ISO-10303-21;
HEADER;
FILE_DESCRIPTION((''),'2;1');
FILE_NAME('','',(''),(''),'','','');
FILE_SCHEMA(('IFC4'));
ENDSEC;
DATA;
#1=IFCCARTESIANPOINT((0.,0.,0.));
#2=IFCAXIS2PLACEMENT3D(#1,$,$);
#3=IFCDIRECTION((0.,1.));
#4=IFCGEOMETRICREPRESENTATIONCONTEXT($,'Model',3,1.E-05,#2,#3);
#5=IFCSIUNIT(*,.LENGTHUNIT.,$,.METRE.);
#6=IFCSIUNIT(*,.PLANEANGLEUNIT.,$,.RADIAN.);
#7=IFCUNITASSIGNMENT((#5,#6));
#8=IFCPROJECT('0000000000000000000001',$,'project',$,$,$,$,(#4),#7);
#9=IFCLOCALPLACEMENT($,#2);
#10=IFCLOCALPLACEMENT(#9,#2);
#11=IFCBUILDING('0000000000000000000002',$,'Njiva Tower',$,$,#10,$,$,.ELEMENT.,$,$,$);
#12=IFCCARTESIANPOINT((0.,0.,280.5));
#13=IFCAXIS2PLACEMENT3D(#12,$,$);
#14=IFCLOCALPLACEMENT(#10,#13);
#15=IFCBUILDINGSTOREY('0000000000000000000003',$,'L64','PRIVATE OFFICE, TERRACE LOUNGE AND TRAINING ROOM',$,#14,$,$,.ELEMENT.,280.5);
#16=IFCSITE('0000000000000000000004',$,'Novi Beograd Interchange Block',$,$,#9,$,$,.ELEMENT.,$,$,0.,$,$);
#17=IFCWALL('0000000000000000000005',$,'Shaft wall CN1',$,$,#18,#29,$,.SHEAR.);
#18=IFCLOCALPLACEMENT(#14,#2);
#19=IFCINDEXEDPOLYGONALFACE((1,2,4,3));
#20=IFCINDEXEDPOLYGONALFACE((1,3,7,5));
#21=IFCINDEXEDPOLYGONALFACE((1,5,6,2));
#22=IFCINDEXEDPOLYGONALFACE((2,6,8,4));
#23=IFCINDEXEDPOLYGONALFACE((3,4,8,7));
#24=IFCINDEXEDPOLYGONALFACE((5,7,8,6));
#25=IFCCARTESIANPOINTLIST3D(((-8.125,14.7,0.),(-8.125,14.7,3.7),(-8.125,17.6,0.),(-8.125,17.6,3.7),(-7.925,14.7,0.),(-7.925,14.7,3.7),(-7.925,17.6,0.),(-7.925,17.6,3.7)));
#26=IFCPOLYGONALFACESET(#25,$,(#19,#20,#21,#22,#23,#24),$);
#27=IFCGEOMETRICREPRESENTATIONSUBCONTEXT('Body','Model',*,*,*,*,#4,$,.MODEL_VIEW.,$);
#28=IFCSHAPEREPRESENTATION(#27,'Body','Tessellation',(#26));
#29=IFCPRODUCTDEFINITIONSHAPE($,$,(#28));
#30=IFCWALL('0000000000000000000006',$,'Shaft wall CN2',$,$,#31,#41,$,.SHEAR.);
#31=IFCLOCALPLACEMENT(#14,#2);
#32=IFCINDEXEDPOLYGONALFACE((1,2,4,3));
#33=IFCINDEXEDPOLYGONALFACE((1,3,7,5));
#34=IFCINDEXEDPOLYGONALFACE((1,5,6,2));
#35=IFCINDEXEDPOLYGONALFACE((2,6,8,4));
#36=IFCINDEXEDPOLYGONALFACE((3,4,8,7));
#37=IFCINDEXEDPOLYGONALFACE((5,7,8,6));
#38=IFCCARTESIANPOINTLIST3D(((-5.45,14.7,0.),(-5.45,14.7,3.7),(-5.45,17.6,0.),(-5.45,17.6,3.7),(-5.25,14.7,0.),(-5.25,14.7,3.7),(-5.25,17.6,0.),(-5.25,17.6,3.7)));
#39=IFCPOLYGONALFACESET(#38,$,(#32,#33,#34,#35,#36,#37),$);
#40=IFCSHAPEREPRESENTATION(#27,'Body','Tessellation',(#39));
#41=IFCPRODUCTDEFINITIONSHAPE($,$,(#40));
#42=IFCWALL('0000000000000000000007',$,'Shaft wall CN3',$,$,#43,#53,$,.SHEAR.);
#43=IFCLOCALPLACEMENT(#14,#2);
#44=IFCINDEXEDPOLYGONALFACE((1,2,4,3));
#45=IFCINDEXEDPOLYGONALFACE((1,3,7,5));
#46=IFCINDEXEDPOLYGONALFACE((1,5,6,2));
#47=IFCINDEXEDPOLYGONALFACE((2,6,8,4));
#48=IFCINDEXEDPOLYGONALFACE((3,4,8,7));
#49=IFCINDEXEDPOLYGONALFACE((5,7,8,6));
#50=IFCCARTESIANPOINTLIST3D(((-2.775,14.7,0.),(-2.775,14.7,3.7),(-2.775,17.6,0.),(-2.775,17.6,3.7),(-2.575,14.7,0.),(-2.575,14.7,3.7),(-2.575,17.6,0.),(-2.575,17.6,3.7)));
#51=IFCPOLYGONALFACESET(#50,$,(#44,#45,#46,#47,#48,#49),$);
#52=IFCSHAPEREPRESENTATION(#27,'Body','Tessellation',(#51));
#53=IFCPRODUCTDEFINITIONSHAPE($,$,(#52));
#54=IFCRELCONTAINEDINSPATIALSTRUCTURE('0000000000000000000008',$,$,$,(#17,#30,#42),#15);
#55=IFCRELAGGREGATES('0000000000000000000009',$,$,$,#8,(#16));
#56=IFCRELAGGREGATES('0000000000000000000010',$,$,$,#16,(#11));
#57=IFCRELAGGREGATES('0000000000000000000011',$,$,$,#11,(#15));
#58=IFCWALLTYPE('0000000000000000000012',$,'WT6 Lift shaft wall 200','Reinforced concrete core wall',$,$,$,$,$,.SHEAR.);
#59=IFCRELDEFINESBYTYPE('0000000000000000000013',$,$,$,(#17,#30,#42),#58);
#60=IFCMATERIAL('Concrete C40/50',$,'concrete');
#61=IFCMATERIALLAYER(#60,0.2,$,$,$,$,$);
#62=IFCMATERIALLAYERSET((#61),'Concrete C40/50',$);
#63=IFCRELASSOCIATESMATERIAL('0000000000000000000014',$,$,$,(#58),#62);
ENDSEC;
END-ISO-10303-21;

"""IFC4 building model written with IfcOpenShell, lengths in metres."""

from ifc_helpers import new_model, si_unit, direction, frame, frame_2d, origin, place, context, subcontext, project, spatial, rectangle, extrude, material, layer, layer_set, type_object, element, save


model = new_model("IFC4")

# Units and contexts
model_context = context("Model", 3, precision=1e-05, world=origin(), true_north=direction((0.0, 1.0)))
body_context = subcontext(model_context, "Body", "Model", "MODEL_VIEW")
ifc_project = project(units=[si_unit("LENGTHUNIT", "METRE"), si_unit("PLANEANGLEUNIT", "RADIAN")], contexts=[model_context])

# Site, building, storey
site_placement = place(None, origin())
site = spatial("IfcSite", under=ifc_project, at=site_placement, Name="Novi Beograd Interchange Block", CompositionType="ELEMENT", RefElevation=0.0)
building_placement = place(site_placement, origin())
building = spatial("IfcBuilding", under=site, at=building_placement, Name="Njiva Tower", CompositionType="ELEMENT")
storey_placement = place(building_placement, frame((0.0, 0.0, 280.5)))
storey = spatial("IfcBuildingStorey", under=building, at=storey_placement, Name="L64", Description="PRIVATE OFFICE, TERRACE LOUNGE AND TRAINING ROOM", CompositionType="ELEMENT", Elevation=280.5)

# Walls
ifc_material_1 = material(Name="Concrete C40/50", Category="concrete")
ifc_layer_1 = layer(ifc_material_1, 0.2)
ifc_layer_set_1 = layer_set([ifc_layer_1], Name="Concrete C40/50")
wall_type_1 = type_object("IfcWallType", Name="WT6 Lift shaft wall 200", Description="Reinforced concrete core wall", PredefinedType="SHEAR", material=ifc_layer_set_1)
for number, where, z_axis, x_axis, name in (
    (1, (-8.025, 14.7, 0.0), (0.0, 0.0, 1.0), (0.0, 1.0, 0.0), "Shaft wall CN1"),
    (2, (-5.35, 14.7, 0.0), (0.0, 0.0, 1.0), (0.0, 1.0, 0.0), "Shaft wall CN2"),
    (3, (-2.675, 14.7, 0.0), (0.0, 0.0, 1.0), (0.0, 1.0, 0.0), "Shaft wall CN3"),
):
    element("IfcWall", number, at=place(storey_placement, frame(where, z_axis=z_axis, x_axis=x_axis)), inside=storey, type_object=wall_type_1, Name=name, PredefinedType="SHEAR", context=body_context, shape_type="SweptSolid", body=[
        extrude(rectangle(XDim=2.9, YDim=0.2, at=frame_2d((1.45, 0.0))), origin(), (0.0, 0.0, 1.0), 3.7),
    ])

save(model, "model.ifc")
